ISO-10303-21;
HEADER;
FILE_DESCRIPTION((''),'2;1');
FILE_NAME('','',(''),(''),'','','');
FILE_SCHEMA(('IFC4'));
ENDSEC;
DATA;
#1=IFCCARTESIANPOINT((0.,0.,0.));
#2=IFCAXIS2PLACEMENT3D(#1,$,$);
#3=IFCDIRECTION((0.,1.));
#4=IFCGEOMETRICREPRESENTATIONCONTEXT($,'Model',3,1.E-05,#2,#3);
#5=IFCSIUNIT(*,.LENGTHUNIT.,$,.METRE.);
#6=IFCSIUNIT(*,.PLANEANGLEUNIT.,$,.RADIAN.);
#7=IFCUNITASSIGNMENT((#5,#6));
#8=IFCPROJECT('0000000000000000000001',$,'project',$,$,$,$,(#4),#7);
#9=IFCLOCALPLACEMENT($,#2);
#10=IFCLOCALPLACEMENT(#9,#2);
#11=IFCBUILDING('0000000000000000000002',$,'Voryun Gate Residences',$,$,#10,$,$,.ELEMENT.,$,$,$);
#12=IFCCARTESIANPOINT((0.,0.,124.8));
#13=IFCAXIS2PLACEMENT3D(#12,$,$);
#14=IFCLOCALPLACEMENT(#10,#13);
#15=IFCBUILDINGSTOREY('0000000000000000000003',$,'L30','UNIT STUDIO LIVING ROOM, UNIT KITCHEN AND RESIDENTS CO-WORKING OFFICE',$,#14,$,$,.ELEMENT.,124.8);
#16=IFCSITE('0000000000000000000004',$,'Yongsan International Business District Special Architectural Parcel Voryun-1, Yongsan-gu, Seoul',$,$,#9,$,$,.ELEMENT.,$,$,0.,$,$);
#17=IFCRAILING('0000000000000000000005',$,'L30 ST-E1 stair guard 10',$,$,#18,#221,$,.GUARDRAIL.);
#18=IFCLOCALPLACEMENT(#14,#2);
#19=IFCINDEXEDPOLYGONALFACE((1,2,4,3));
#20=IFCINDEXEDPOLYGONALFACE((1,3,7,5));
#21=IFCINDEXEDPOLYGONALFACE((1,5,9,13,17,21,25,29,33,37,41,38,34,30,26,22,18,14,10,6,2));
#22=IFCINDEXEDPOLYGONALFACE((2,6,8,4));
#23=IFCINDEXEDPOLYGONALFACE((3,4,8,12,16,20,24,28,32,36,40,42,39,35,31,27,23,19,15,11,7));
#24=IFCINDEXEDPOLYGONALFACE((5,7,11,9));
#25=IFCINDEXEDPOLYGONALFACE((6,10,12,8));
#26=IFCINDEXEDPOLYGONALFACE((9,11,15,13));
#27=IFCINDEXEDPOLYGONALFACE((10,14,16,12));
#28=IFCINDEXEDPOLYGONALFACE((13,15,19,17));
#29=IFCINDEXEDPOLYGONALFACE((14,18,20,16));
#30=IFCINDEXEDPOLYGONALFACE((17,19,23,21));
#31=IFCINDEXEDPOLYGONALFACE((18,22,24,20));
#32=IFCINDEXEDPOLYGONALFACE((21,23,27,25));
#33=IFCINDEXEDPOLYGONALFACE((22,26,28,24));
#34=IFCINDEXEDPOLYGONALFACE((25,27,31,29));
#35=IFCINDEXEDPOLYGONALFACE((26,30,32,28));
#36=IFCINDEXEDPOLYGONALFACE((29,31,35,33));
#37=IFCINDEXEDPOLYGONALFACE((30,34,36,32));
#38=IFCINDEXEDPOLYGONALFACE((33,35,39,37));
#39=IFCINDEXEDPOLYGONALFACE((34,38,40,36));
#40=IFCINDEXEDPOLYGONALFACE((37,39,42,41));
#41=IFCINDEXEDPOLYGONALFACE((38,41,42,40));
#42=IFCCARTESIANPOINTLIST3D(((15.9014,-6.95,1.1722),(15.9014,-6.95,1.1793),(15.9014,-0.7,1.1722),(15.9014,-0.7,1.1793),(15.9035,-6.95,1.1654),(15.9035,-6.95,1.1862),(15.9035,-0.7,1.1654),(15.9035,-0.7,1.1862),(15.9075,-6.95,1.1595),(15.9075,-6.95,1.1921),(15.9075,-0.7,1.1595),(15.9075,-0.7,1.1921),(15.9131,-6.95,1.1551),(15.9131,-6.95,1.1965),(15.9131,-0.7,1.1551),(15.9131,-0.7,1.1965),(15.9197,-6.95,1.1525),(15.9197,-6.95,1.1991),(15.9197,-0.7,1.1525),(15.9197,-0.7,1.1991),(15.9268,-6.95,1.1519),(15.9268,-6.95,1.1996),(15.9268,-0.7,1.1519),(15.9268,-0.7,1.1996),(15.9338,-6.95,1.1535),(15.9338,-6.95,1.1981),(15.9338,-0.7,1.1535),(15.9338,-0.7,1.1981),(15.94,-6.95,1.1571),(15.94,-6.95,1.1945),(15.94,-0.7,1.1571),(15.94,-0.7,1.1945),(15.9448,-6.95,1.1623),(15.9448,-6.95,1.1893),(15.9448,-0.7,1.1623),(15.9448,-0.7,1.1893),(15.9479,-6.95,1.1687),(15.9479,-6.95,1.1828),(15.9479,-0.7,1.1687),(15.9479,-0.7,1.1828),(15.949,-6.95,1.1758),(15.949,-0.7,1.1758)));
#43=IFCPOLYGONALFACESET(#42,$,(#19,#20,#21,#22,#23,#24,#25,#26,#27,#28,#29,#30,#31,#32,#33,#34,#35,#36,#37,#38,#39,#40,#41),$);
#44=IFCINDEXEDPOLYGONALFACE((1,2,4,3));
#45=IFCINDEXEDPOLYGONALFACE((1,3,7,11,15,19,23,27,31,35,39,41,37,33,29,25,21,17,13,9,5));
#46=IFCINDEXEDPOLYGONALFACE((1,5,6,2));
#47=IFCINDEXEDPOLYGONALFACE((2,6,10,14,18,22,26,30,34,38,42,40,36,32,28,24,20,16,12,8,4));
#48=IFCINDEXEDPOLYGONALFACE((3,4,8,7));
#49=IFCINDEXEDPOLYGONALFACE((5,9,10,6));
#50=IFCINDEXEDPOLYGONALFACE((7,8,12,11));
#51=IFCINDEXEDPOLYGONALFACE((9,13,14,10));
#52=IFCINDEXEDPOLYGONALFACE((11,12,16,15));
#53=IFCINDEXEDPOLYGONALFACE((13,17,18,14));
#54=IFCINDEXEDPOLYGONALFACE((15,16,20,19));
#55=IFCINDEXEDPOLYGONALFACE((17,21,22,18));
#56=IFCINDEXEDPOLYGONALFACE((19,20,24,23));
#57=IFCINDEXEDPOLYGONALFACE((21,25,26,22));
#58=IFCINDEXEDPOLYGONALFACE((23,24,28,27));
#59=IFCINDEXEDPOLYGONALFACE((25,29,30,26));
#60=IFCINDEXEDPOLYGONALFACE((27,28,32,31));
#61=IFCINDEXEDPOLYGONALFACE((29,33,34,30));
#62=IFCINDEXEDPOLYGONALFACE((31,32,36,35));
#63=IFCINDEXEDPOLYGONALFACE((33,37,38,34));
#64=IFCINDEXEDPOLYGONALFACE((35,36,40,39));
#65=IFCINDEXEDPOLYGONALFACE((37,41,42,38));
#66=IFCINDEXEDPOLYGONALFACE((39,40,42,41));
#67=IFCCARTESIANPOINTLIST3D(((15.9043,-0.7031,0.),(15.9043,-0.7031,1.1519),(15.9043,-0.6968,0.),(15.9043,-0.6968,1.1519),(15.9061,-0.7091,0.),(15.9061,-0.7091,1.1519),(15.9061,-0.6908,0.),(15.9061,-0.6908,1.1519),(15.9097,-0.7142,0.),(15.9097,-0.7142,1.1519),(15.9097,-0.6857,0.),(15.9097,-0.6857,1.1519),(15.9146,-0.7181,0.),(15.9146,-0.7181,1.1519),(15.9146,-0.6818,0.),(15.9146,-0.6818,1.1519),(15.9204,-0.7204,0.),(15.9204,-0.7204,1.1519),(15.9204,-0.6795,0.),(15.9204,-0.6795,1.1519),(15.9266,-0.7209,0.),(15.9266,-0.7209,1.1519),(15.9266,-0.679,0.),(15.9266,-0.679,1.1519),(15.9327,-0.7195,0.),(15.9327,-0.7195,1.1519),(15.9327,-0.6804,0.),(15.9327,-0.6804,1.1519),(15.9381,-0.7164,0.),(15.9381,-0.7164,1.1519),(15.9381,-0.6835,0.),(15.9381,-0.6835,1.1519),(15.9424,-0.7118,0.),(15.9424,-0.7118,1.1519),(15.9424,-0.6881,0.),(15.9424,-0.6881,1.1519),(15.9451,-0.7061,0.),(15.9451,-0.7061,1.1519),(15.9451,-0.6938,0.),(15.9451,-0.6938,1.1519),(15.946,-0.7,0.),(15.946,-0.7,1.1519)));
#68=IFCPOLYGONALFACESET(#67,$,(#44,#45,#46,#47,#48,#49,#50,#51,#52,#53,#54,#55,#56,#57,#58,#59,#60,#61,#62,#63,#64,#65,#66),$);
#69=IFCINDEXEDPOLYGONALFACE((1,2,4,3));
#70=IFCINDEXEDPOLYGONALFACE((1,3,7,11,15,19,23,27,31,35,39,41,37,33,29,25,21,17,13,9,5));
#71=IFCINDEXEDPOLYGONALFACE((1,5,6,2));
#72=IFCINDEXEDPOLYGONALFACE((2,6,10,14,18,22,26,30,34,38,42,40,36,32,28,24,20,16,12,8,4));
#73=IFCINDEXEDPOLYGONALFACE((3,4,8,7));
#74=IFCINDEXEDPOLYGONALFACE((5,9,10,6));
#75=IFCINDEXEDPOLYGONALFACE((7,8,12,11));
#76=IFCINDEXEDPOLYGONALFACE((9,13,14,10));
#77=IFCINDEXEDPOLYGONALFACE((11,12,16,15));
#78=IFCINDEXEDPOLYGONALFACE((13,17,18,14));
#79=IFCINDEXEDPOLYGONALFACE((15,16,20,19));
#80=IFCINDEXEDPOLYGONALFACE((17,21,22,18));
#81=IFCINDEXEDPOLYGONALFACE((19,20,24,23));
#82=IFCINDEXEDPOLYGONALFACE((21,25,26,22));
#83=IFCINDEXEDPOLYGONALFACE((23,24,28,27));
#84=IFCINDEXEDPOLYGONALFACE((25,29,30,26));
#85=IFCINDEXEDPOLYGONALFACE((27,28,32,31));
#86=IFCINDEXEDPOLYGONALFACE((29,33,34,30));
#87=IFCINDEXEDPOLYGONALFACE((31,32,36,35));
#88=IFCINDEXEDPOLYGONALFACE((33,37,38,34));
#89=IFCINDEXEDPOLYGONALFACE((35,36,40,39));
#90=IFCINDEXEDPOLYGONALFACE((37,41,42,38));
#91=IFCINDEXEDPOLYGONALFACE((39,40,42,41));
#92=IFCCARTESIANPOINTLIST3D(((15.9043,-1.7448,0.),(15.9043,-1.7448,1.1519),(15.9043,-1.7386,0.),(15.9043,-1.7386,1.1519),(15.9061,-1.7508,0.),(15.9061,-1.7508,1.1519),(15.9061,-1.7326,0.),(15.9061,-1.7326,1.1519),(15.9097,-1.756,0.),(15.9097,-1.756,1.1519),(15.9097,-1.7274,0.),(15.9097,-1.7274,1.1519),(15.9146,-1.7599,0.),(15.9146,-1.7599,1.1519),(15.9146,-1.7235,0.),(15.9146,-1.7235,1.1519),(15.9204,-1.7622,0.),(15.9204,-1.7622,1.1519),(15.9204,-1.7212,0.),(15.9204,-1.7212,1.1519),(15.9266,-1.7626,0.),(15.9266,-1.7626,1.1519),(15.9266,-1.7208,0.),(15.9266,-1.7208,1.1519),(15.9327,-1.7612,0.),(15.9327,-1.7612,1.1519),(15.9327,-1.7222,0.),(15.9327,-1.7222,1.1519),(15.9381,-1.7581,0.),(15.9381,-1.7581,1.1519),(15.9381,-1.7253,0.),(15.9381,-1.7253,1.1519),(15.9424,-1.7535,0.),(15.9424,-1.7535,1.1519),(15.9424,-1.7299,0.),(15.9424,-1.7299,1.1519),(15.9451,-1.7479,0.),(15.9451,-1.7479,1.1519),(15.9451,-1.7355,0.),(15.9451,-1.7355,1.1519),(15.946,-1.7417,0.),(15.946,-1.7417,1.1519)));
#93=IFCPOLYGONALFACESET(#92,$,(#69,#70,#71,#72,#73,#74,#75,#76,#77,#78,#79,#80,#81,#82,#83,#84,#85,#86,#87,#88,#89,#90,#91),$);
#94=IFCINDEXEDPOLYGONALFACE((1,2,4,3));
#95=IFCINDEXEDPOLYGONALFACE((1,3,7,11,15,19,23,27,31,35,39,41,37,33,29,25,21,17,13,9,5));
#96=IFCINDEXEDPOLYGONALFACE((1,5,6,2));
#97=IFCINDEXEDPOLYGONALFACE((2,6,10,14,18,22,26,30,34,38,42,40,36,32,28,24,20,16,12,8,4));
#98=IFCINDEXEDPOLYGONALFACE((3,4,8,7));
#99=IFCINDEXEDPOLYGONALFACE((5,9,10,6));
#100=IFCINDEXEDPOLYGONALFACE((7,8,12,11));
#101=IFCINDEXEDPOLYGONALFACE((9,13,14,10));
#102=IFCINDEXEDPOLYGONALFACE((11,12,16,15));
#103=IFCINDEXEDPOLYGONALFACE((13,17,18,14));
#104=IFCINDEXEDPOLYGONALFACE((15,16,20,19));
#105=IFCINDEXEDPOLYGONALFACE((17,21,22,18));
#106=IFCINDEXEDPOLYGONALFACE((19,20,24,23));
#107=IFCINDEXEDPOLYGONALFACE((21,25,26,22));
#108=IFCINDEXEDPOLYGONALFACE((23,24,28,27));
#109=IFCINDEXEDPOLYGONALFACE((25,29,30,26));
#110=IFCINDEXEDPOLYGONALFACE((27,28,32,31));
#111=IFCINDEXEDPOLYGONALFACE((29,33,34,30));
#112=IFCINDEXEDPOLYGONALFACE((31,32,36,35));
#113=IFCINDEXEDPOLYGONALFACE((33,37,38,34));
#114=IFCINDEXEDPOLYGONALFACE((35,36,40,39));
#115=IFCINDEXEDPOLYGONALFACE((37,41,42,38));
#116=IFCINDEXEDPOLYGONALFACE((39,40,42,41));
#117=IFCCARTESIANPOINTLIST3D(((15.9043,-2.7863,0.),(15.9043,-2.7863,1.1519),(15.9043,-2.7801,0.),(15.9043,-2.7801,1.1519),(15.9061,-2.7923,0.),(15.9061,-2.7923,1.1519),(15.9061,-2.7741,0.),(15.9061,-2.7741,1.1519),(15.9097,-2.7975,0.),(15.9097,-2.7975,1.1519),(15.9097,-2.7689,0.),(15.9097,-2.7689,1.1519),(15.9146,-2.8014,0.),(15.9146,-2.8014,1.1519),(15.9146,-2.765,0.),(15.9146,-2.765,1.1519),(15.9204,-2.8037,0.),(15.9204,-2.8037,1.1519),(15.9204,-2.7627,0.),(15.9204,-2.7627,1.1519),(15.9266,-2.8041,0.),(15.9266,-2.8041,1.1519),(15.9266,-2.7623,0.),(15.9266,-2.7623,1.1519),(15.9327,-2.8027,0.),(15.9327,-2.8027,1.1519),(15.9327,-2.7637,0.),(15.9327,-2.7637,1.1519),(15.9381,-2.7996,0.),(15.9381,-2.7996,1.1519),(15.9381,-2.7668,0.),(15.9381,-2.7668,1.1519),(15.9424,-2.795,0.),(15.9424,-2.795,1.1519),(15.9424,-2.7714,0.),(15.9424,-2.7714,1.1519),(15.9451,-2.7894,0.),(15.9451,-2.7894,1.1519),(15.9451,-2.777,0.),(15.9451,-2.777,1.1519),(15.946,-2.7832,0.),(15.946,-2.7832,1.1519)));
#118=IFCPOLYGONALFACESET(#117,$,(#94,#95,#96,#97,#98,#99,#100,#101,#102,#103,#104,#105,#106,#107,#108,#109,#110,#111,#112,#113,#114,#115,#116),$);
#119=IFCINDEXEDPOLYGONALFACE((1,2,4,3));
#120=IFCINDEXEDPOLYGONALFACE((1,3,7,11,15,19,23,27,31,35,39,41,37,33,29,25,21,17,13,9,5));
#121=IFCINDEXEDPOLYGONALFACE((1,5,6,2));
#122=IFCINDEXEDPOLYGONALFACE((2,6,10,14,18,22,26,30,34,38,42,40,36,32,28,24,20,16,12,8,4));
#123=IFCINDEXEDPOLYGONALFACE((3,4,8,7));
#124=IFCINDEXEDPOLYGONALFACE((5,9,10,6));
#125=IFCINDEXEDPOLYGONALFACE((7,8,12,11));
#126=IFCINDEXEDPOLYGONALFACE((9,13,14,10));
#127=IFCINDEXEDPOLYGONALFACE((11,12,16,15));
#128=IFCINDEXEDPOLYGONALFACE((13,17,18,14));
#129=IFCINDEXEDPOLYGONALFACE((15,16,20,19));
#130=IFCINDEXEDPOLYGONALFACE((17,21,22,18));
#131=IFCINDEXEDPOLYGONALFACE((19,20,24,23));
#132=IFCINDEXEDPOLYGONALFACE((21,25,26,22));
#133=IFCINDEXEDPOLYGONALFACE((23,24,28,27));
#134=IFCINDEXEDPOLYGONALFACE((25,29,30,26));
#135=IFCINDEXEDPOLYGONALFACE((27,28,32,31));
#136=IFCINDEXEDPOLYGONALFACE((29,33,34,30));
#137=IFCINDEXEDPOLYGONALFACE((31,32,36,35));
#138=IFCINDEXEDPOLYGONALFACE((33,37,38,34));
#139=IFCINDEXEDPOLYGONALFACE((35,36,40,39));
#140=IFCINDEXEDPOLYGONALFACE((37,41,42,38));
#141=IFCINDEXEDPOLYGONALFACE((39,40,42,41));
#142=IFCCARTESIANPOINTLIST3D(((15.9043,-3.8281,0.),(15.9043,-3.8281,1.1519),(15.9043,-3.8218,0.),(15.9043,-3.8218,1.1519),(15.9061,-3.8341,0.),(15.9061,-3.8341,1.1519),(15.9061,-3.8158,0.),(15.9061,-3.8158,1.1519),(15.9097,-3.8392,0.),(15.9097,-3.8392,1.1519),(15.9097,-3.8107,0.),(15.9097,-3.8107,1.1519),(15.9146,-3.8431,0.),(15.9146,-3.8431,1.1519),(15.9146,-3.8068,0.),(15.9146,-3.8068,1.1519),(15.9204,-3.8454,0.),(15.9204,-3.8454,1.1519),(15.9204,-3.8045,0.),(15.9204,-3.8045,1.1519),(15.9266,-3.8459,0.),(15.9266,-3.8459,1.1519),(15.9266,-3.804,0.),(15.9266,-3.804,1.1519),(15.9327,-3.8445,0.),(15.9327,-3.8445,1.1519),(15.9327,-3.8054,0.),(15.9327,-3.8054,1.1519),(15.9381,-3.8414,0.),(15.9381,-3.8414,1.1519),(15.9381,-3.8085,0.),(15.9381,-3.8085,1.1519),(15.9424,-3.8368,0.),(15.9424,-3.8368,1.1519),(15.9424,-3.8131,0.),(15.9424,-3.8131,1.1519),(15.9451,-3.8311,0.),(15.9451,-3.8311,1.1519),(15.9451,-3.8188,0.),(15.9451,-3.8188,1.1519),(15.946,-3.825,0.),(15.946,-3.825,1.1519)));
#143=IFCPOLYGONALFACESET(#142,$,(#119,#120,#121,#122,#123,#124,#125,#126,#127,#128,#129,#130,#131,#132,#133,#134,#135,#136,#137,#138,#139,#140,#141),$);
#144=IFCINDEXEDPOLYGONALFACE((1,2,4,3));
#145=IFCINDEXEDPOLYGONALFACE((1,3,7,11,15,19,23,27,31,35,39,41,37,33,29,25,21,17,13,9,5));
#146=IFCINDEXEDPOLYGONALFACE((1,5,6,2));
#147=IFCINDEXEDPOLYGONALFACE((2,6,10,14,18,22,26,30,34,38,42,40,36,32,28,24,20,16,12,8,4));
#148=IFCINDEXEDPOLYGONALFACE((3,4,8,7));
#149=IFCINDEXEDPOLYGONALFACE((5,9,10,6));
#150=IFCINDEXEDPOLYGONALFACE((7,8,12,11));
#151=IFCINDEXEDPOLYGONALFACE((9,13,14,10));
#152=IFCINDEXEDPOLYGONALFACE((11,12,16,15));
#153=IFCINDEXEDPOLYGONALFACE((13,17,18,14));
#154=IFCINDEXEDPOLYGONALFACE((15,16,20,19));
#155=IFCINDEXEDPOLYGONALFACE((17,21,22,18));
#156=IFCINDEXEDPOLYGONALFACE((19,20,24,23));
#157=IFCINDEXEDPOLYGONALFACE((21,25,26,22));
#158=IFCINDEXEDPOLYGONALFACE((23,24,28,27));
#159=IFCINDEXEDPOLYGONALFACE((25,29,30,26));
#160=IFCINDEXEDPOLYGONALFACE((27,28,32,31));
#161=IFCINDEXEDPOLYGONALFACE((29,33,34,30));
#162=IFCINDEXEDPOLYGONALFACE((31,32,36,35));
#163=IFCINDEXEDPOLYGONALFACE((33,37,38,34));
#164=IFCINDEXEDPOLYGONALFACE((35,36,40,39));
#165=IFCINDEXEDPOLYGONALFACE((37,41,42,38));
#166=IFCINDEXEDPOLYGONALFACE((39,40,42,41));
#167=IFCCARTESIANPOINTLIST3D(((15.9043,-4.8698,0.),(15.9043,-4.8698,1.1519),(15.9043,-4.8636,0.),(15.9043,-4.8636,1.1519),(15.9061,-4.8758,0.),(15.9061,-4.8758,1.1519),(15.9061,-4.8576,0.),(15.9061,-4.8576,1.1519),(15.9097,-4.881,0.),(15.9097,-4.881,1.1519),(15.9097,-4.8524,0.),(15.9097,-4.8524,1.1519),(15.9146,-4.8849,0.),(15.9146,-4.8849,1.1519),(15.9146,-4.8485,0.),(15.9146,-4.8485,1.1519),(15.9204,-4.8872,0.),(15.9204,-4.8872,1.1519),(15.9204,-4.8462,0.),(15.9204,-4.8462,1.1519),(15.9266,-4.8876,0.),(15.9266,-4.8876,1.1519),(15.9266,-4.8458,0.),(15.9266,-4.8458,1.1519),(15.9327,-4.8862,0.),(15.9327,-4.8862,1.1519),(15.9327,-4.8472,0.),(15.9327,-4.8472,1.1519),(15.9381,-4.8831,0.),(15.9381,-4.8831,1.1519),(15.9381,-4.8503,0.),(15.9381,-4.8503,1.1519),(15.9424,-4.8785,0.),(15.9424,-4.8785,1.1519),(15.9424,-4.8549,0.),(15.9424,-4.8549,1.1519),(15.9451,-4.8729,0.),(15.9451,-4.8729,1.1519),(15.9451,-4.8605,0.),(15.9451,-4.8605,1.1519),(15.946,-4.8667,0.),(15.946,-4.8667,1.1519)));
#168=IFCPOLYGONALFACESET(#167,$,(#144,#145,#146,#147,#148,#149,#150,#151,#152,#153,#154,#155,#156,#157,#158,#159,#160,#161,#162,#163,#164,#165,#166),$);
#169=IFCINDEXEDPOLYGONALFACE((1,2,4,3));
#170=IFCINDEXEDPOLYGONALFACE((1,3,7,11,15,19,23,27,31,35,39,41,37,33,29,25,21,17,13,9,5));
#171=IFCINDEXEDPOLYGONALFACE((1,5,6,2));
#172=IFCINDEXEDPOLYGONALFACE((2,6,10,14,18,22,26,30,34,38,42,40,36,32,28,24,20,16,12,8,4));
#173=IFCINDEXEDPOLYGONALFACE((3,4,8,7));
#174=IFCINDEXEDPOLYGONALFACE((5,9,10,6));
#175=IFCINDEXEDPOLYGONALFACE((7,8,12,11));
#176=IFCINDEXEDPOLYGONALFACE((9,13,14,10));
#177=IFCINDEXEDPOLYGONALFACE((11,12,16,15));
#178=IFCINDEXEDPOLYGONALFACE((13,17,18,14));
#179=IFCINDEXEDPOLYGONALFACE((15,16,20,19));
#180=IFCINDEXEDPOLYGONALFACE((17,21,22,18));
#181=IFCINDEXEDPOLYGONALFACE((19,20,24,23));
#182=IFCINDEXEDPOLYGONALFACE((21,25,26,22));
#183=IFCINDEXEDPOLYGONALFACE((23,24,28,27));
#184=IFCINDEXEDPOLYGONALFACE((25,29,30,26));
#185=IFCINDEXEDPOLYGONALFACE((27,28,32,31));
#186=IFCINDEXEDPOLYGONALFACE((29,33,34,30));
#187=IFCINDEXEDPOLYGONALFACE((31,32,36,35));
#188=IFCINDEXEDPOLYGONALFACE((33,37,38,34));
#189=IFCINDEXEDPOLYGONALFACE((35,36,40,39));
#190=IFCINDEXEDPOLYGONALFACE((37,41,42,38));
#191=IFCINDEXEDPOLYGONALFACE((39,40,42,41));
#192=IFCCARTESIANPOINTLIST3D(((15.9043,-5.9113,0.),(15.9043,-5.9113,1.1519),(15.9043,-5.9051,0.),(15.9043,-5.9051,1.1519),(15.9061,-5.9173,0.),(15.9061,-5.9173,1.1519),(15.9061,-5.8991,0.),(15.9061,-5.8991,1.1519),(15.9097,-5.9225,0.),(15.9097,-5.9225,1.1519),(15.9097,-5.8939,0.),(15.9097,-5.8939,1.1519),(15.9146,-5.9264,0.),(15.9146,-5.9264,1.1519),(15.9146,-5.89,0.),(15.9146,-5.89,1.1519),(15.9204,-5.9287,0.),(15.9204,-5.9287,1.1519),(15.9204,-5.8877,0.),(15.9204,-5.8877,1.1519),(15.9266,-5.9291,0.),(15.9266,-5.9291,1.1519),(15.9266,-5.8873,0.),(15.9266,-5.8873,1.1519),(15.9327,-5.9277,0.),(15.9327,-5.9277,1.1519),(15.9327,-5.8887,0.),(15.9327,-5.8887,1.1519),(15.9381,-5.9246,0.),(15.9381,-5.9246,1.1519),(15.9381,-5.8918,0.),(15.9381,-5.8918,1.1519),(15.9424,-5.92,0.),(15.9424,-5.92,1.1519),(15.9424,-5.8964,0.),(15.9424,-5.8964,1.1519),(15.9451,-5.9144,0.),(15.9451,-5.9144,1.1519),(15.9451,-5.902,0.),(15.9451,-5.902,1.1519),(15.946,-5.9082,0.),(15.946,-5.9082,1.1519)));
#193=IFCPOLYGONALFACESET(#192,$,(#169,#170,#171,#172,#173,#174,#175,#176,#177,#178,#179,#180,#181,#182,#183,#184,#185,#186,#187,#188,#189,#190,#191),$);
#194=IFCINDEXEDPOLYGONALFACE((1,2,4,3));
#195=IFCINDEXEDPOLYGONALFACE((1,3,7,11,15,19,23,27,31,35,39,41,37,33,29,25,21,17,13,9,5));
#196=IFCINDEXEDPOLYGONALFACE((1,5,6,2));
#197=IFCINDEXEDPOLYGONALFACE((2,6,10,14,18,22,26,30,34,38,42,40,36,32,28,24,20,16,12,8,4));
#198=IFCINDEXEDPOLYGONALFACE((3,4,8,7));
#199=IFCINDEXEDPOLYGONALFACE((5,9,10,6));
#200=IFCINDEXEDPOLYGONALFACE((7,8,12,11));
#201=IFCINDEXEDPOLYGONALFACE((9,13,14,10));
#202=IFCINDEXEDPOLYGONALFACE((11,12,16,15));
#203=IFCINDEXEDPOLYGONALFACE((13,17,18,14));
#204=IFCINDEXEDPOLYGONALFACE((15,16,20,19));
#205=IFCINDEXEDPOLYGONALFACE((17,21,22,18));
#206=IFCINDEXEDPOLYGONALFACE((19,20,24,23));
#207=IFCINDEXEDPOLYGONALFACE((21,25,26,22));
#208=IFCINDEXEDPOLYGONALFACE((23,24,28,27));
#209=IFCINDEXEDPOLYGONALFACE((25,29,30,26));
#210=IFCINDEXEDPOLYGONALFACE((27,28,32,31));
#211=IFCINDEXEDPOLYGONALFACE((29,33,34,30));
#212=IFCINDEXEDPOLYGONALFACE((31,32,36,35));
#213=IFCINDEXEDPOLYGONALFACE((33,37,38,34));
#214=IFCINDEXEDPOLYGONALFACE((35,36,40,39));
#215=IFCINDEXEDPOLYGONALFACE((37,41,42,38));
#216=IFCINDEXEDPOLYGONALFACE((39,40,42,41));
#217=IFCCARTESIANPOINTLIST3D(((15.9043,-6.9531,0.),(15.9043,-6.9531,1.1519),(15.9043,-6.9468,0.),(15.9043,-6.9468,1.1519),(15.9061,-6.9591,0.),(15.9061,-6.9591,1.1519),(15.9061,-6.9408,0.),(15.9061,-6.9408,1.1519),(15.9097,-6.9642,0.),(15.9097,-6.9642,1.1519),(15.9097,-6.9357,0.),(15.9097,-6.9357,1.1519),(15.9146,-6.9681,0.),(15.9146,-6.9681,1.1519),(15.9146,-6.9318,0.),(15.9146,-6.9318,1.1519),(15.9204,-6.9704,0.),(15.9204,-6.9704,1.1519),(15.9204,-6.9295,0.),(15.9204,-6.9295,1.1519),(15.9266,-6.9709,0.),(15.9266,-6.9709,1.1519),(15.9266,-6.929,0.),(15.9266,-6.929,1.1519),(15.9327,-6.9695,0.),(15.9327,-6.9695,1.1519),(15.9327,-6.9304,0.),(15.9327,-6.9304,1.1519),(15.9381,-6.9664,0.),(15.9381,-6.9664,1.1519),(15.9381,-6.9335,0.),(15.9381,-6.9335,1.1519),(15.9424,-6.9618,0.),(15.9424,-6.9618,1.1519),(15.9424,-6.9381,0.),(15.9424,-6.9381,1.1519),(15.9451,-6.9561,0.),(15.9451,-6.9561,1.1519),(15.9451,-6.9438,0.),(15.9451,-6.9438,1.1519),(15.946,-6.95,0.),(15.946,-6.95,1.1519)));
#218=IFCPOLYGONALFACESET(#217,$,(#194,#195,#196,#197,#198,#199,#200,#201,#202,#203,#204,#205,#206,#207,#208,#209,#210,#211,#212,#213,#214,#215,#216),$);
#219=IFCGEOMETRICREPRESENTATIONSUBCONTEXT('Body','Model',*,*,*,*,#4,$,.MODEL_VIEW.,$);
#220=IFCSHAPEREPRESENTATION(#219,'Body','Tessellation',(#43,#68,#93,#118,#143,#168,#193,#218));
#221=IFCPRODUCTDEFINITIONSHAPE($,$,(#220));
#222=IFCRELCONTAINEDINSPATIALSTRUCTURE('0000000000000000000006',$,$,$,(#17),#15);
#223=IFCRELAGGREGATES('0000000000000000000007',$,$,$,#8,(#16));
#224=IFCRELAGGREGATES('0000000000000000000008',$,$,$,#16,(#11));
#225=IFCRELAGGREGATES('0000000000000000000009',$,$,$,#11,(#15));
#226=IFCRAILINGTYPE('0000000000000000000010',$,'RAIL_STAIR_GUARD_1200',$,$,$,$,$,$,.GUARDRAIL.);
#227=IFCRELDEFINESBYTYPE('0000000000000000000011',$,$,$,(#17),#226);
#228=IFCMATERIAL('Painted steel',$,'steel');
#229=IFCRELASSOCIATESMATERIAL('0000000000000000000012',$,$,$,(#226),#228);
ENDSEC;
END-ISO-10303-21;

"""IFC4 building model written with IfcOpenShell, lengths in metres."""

from ifc_helpers import new_model, si_unit, direction, frame, origin, origin_2d, place, context, subcontext, project, spatial, circle, extrude, material, type_object, element, save


model = new_model("IFC4")

# Units and contexts
model_context = context("Model", 3, precision=1e-05, world=origin(), true_north=direction((0.0, 1.0)))
body_context = subcontext(model_context, "Body", "Model", "MODEL_VIEW")
ifc_project = project(units=[si_unit("LENGTHUNIT", "METRE"), si_unit("PLANEANGLEUNIT", "RADIAN")], contexts=[model_context])

# Site, building, storey
site_placement = place(None, origin())
site = spatial("IfcSite", under=ifc_project, at=site_placement, Name="Yongsan International Business District Special Architectural Parcel Voryun-1, Yongsan-gu, Seoul", CompositionType="ELEMENT", RefElevation=0.0)
building_placement = place(site_placement, origin())
building = spatial("IfcBuilding", under=site, at=building_placement, Name="Voryun Gate Residences", CompositionType="ELEMENT")
storey_placement = place(building_placement, frame((0.0, 0.0, 124.8)))
storey = spatial("IfcBuildingStorey", under=building, at=storey_placement, Name="L30", Description="UNIT STUDIO LIVING ROOM, UNIT KITCHEN AND RESIDENTS CO-WORKING OFFICE", CompositionType="ELEMENT", Elevation=124.8)

# Railing
ifc_material_1 = material(Name="Painted steel", Category="steel")
railing_type_1 = type_object("IfcRailingType", Name="RAIL_STAIR_GUARD_1200", PredefinedType="GUARDRAIL", material=ifc_material_1)
railing_1_placement = place(storey_placement, frame((15.925, -0.7, 0.0)))
element("IfcRailing", 1, at=railing_1_placement, inside=storey, type_object=railing_type_1, Name="L30 ST-E1 stair guard 10", PredefinedType="GUARDRAIL", context=body_context, shape_type="SweptSolid", body=[
    extrude(circle(Radius=0.0239, at=origin_2d()), frame((0.0, 0.0, 1.1758), z_axis=(0.0, -1.0, 0.0), x_axis=(1.0, 0.0, 0.0)), (0.0, 0.0, 1.0), 6.25),
    extrude(circle(Radius=0.021, at=origin_2d()), origin(), (0.0, 0.0, 1.0), 1.1519),
    extrude(circle(Radius=0.021, at=origin_2d()), frame((0.0, -1.0417, 0.0)), (0.0, 0.0, 1.0), 1.1519),
    extrude(circle(Radius=0.021, at=origin_2d()), frame((0.0, -2.0833, 0.0)), (0.0, 0.0, 1.0), 1.1519),
    extrude(circle(Radius=0.021, at=origin_2d()), frame((0.0, -3.125, 0.0)), (0.0, 0.0, 1.0), 1.1519),
    extrude(circle(Radius=0.021, at=origin_2d()), frame((0.0, -4.1667, 0.0)), (0.0, 0.0, 1.0), 1.1519),
    extrude(circle(Radius=0.021, at=origin_2d()), frame((0.0, -5.2083, 0.0)), (0.0, 0.0, 1.0), 1.1519),
    extrude(circle(Radius=0.021, at=origin_2d()), frame((0.0, -6.25, 0.0)), (0.0, 0.0, 1.0), 1.1519),
])

save(model, "model.ifc")
